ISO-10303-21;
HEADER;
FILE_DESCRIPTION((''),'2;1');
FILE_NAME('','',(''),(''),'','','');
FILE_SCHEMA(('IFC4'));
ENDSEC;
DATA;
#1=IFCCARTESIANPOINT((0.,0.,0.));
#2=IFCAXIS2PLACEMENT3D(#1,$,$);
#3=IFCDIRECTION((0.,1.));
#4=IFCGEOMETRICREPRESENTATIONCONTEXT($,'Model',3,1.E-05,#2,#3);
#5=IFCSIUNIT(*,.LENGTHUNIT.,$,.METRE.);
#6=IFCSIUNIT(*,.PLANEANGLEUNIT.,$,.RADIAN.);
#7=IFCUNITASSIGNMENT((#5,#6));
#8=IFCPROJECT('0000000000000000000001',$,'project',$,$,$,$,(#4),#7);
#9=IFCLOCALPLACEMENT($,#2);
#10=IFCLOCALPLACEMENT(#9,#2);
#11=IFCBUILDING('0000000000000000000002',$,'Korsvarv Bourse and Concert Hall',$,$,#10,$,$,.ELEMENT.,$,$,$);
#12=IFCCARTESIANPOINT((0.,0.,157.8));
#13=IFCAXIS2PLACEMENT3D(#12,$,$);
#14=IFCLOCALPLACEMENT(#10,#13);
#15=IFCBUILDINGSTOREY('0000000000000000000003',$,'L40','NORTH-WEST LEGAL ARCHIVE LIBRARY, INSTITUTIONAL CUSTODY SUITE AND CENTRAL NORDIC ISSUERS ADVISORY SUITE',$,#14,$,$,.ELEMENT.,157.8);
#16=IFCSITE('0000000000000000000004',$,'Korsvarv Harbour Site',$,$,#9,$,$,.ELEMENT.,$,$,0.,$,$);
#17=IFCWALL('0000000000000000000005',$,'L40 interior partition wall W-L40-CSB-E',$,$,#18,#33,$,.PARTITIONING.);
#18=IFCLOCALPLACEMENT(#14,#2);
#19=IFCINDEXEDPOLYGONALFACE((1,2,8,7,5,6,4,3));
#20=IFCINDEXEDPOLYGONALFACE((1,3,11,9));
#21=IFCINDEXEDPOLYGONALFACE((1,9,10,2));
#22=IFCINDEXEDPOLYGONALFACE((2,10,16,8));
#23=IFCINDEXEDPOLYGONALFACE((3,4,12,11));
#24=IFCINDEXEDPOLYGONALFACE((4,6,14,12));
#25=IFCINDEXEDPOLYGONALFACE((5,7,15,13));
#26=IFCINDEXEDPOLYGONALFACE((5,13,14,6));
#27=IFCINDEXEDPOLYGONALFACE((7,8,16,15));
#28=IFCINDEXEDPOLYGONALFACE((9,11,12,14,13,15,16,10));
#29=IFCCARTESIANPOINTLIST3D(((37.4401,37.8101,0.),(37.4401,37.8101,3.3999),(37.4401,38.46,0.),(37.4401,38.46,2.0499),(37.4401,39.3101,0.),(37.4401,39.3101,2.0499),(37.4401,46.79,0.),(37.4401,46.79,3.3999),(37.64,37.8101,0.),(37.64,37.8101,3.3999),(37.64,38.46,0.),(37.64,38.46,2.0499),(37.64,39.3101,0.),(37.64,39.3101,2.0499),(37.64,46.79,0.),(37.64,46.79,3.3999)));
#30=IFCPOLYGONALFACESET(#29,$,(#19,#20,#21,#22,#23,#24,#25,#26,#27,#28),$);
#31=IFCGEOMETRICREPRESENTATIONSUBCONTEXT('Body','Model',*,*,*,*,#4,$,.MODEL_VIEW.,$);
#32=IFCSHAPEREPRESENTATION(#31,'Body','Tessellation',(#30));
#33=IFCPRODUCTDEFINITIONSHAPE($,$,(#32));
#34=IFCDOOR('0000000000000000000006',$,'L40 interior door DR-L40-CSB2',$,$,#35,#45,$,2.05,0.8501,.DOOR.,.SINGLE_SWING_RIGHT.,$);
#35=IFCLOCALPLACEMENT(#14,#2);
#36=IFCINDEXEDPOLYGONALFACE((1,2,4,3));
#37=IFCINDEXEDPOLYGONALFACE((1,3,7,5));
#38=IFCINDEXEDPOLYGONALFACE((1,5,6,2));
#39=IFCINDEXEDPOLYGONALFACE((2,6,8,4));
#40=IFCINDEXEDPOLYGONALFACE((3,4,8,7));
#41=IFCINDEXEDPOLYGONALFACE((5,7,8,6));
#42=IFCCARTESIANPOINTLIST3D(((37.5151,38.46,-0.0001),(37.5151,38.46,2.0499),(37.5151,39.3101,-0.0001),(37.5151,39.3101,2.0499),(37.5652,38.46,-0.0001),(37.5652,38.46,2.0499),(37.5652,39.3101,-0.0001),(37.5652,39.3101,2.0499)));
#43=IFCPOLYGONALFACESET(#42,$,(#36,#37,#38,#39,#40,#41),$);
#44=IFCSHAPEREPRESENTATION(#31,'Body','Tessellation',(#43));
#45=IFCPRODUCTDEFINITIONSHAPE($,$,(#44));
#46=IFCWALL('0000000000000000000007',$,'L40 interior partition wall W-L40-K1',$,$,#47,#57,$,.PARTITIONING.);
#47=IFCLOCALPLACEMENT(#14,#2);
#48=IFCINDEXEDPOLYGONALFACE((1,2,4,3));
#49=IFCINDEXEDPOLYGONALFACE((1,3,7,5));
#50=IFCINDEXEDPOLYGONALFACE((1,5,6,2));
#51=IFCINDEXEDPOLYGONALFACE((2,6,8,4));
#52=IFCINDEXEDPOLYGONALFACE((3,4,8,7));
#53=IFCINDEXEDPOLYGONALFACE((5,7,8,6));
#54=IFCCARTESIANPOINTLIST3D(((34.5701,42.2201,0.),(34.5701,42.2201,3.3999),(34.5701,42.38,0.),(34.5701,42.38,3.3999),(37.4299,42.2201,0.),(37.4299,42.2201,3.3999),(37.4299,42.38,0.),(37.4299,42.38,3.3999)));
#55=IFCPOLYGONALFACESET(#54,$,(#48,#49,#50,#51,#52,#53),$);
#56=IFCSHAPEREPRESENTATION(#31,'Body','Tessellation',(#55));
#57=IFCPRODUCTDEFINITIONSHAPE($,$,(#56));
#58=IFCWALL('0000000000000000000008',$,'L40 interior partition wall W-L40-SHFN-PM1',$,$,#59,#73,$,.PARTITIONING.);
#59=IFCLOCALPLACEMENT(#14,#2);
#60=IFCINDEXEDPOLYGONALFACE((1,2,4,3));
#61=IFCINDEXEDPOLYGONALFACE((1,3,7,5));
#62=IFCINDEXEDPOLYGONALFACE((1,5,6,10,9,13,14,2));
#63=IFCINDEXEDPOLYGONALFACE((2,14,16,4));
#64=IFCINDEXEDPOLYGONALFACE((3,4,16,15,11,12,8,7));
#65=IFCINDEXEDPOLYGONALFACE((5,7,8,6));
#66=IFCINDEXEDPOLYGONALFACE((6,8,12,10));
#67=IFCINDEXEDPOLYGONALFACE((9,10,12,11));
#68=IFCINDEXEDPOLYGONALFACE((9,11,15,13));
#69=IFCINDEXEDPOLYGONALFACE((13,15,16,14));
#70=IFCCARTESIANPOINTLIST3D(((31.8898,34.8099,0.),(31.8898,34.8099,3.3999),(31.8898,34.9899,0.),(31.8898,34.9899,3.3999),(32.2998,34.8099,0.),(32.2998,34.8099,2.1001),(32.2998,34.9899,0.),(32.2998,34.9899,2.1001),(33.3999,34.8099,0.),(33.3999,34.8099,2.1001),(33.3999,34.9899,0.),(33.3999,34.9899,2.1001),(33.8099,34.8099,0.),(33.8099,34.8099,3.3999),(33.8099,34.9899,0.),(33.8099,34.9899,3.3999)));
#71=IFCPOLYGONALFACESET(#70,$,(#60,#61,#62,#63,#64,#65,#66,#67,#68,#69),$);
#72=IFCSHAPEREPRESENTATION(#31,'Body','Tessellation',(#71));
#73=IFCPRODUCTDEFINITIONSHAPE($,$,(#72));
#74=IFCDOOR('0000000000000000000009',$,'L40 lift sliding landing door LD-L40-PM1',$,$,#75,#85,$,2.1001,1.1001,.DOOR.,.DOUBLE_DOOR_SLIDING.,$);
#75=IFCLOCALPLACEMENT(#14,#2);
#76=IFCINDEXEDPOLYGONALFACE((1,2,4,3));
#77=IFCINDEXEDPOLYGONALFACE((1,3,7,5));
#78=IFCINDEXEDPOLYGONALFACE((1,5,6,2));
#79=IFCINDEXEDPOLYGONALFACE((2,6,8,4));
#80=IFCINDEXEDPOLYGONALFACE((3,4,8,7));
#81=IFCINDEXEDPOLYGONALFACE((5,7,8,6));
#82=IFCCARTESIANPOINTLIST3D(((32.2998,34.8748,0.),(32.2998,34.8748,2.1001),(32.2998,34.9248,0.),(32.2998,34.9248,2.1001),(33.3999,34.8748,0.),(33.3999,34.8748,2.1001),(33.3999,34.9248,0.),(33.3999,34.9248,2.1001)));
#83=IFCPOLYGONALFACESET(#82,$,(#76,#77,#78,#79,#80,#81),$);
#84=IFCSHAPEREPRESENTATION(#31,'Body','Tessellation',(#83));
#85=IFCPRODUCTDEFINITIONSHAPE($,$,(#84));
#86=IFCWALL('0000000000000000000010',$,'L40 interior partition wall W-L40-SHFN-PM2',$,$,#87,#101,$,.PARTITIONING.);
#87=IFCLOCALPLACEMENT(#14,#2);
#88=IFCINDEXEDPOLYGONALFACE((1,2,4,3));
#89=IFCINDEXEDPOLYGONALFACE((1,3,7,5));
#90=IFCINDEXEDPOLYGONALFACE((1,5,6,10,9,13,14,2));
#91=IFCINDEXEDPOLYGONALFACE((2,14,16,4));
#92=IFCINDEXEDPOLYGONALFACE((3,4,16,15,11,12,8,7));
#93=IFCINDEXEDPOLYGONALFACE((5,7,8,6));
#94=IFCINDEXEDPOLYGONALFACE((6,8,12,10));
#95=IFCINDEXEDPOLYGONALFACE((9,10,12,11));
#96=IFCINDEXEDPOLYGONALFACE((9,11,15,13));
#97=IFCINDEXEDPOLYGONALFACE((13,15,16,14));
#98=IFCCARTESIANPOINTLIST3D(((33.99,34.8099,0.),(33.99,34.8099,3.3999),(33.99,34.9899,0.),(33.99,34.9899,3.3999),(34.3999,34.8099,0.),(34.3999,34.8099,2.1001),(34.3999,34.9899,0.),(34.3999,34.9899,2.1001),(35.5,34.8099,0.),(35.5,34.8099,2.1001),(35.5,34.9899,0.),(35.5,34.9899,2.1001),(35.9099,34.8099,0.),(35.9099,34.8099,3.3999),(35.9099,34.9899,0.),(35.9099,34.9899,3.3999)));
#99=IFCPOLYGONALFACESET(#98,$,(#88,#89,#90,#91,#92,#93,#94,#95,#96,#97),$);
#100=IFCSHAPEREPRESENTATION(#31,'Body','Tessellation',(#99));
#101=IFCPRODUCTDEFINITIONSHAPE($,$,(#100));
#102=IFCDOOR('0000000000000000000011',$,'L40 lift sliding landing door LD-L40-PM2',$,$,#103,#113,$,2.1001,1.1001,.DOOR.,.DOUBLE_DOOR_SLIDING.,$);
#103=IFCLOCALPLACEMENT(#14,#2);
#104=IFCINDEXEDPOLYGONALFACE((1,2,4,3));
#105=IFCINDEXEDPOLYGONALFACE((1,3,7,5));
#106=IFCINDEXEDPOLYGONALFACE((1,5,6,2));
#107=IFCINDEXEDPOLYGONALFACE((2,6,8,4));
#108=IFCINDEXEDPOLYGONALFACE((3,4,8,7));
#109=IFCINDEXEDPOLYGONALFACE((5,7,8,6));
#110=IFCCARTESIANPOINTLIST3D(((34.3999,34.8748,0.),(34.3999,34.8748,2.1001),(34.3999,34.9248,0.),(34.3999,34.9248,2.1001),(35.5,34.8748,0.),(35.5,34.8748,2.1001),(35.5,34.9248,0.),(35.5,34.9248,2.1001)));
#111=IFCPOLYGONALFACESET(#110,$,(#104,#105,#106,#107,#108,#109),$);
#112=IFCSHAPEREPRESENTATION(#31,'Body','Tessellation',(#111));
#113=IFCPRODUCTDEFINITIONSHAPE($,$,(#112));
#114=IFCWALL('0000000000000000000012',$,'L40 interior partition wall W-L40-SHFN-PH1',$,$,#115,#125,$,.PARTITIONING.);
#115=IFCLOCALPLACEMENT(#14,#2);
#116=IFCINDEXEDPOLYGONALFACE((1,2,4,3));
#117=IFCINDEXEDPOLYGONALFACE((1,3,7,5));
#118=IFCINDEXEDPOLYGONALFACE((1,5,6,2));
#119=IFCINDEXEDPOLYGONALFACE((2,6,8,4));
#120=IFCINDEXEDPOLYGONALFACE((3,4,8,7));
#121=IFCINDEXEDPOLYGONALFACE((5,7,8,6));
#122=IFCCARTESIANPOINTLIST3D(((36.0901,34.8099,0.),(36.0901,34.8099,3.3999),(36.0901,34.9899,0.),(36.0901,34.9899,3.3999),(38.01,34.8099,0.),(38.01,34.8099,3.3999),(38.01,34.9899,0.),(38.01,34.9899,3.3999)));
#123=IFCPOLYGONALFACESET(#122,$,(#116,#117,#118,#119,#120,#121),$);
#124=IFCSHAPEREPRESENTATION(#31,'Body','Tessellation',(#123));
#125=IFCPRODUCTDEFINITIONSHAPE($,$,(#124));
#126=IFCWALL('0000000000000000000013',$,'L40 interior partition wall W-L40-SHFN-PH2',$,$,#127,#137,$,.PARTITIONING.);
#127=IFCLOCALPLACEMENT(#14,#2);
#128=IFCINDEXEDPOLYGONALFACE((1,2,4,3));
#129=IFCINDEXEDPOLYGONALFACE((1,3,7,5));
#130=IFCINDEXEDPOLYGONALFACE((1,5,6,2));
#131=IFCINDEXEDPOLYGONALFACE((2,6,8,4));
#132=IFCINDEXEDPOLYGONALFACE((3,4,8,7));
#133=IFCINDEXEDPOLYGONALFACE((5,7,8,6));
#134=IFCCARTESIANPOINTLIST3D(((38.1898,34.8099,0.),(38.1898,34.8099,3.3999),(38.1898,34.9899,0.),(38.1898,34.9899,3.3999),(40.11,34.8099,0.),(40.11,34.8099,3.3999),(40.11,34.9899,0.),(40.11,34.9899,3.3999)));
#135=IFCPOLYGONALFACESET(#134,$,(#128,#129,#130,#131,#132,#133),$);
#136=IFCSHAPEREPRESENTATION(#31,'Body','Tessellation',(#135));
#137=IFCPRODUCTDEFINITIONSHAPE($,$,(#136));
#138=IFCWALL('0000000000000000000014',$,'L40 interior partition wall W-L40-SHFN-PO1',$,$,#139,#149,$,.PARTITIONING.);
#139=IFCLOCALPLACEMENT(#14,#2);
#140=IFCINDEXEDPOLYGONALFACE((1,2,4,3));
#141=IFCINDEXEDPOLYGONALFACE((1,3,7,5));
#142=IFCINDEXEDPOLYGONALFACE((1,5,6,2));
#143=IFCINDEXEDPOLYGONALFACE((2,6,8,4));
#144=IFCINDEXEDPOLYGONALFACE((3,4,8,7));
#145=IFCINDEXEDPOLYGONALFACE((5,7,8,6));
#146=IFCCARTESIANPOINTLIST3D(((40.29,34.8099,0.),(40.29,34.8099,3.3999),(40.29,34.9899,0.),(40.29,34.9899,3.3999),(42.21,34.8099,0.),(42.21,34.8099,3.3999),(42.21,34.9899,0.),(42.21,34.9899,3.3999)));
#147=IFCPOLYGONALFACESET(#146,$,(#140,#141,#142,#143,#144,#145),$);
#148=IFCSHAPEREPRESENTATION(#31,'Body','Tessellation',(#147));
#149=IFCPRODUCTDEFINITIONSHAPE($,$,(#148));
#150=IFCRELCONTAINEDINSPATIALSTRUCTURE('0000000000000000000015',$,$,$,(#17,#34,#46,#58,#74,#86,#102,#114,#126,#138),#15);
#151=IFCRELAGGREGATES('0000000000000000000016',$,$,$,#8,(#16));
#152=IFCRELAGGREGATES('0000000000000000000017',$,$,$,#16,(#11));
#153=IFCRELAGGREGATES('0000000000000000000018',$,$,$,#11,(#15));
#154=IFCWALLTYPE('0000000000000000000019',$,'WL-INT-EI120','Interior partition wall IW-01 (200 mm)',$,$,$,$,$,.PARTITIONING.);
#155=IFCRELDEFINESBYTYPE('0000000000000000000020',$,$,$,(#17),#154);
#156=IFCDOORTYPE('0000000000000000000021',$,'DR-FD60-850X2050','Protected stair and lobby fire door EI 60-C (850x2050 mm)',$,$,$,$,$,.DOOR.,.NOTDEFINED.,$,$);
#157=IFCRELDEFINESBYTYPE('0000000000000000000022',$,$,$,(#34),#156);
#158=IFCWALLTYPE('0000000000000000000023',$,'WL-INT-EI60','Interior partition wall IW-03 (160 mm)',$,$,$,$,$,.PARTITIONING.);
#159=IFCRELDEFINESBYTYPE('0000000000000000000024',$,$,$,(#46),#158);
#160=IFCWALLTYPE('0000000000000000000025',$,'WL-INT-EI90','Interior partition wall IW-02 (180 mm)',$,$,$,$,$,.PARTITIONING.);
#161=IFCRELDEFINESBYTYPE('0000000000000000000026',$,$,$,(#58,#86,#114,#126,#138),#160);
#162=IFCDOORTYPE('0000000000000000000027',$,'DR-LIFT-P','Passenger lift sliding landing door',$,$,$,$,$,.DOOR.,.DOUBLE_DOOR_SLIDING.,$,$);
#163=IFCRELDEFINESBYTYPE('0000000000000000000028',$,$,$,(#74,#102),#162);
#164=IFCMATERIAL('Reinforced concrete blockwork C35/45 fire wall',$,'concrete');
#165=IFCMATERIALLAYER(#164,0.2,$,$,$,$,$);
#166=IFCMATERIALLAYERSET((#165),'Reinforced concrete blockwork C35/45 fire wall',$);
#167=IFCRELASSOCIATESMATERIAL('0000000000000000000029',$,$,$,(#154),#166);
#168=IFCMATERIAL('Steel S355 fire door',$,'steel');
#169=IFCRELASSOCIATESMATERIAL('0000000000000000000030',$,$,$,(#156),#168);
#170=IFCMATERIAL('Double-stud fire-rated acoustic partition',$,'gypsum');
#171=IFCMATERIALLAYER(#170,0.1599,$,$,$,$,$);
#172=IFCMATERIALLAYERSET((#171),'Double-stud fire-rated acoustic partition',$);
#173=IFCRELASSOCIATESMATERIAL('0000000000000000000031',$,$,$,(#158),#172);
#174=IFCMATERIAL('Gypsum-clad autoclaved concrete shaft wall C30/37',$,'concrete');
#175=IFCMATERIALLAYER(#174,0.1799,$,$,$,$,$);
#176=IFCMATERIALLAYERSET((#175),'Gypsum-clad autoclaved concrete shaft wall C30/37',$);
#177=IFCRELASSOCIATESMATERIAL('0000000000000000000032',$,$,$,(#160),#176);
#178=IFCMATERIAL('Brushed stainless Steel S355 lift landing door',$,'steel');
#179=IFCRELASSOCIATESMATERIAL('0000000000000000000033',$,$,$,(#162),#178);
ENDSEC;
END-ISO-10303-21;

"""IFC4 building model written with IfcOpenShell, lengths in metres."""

from ifc_helpers import new_model, si_unit, direction, frame, frame_2d, origin, place, context, subcontext, project, spatial, rectangle, extrude, material, layer, layer_set, type_object, element, fill, save


model = new_model("IFC4")

# Units and contexts
model_context = context("Model", 3, precision=1e-05, world=origin(), true_north=direction((0.0, 1.0)))
body_context = subcontext(model_context, "Body", "Model", "MODEL_VIEW")
ifc_project = project(units=[si_unit("LENGTHUNIT", "METRE"), si_unit("PLANEANGLEUNIT", "RADIAN")], contexts=[model_context])

# Site, building, storey
site_placement = place(None, origin())
site = spatial("IfcSite", under=ifc_project, at=site_placement, Name="Korsvarv Harbour Site", CompositionType="ELEMENT", RefElevation=0.0)
building_placement = place(site_placement, origin())
building = spatial("IfcBuilding", under=site, at=building_placement, Name="Korsvarv Bourse and Concert Hall", CompositionType="ELEMENT")
storey_placement = place(building_placement, frame((0.0, 0.0, 157.8)))
storey = spatial("IfcBuildingStorey", under=building, at=storey_placement, Name="L40", Description="NORTH-WEST LEGAL ARCHIVE LIBRARY, INSTITUTIONAL CUSTODY SUITE AND CENTRAL NORDIC ISSUERS ADVISORY SUITE", CompositionType="ELEMENT", Elevation=157.8)

# Shared definitions
ifc_material_1 = material(Name="Steel S355 fire door", Category="steel")

# Wall, opening, door
ifc_material_2 = material(Name="Reinforced concrete blockwork C35/45 fire wall", Category="concrete")
ifc_layer_1 = layer(ifc_material_2, 0.2)
ifc_layer_set_1 = layer_set([ifc_layer_1], Name="Reinforced concrete blockwork C35/45 fire wall")
wall_type_1 = type_object("IfcWallType", Name="WL-INT-EI120", Description="Interior partition wall IW-01 (200 mm)", PredefinedType="PARTITIONING", material=ifc_layer_set_1)
door_type_1 = type_object("IfcDoorType", Name="DR-FD60-850X2050", Description="Protected stair and lobby fire door EI 60-C (850x2050 mm)", OperationType="NOTDEFINED", PredefinedType="DOOR", material=ifc_material_1)
wall_1_placement = place(storey_placement, frame((37.54, 37.8101, 0.0), z_axis=(0.0, 0.0, 1.0), x_axis=(0.0, 1.0, 0.0)))
wall_1 = element("IfcWall", 1, at=wall_1_placement, inside=storey, type_object=wall_type_1, Name="L40 interior partition wall W-L40-CSB-E", PredefinedType="PARTITIONING", context=body_context, shape_type="SweptSolid", body=[
    extrude(rectangle(XDim=8.98, YDim=0.2, at=frame_2d((4.49, 0.0))), origin(), (0.0, 0.0, 1.0), 3.3999),
])
opening_1_placement = place(wall_1_placement, frame((0.6499, 0.0, 0.0)))
opening_1 = element("IfcOpeningElement", 2, at=opening_1_placement, cuts=wall_1, PredefinedType="OPENING", context=body_context, shape_type="SweptSolid", body=[
    extrude(rectangle(XDim=0.8501, YDim=2.05, at=frame_2d((0.425, 1.0249))), frame((0.0, 0.1099, 0.0), z_axis=(0.0, -1.0, 0.0), x_axis=(1.0, 0.0, 0.0)), (0.0, 0.0, 1.0), 0.22),
])
door_1_placement = place(opening_1_placement, origin())
door_1 = element("IfcDoor", 3, at=door_1_placement, inside=storey, type_object=door_type_1, Name="L40 interior door DR-L40-CSB2", OperationType="SINGLE_SWING_RIGHT", OverallHeight=2.05, OverallWidth=0.8501, PredefinedType="DOOR", context=body_context, shape_type="SweptSolid", body=[
    extrude(rectangle(XDim=0.8501, YDim=2.05, at=frame_2d((0.425, 1.0249))), frame((0.0, 0.0249, 0.0), z_axis=(0.0, -1.0, 0.0), x_axis=(1.0, 0.0, 0.0)), (0.0, 0.0, 1.0), 0.05),
])
fill(opening_1, door_1)

# Wall
ifc_material_3 = material(Name="Double-stud fire-rated acoustic partition", Category="gypsum")
ifc_layer_2 = layer(ifc_material_3, 0.1599)
ifc_layer_set_2 = layer_set([ifc_layer_2], Name="Double-stud fire-rated acoustic partition")
wall_type_2 = type_object("IfcWallType", Name="WL-INT-EI60", Description="Interior partition wall IW-03 (160 mm)", PredefinedType="PARTITIONING", material=ifc_layer_set_2)
wall_2_placement = place(storey_placement, frame((34.5701, 42.3, 0.0), z_axis=(0.0, 0.0, 1.0), x_axis=(1.0, 0.0, 0.0)))
element("IfcWall", 4, at=wall_2_placement, inside=storey, type_object=wall_type_2, Name="L40 interior partition wall W-L40-K1", PredefinedType="PARTITIONING", context=body_context, shape_type="SweptSolid", body=[
    extrude(rectangle(XDim=2.8599, YDim=0.1599, at=frame_2d((1.4299, 0.0))), origin(), (0.0, 0.0, 1.0), 3.3999),
])

# Walls, openings, doors
ifc_material_4 = material(Name="Gypsum-clad autoclaved concrete shaft wall C30/37", Category="concrete")
ifc_layer_3 = layer(ifc_material_4, 0.1799)
ifc_layer_set_3 = layer_set([ifc_layer_3], Name="Gypsum-clad autoclaved concrete shaft wall C30/37")
wall_type_3 = type_object("IfcWallType", Name="WL-INT-EI90", Description="Interior partition wall IW-02 (180 mm)", PredefinedType="PARTITIONING", material=ifc_layer_set_3)
wall_3_placement = place(storey_placement, frame((31.8899, 34.8999, 0.0), z_axis=(0.0, 0.0, 1.0), x_axis=(1.0, 0.0, 0.0)))
wall_3 = element("IfcWall", 5, at=wall_3_placement, inside=storey, type_object=wall_type_3, Name="L40 interior partition wall W-L40-SHFN-PM1", PredefinedType="PARTITIONING", context=body_context, shape_type="SweptSolid", body=[
    extrude(rectangle(XDim=1.9202, YDim=0.1799, at=frame_2d((0.96, 0.0))), origin(), (0.0, 0.0, 1.0), 3.3999),
])
opening_2_placement = place(wall_3_placement, frame((0.4099, 0.0, 0.0)))
opening_2 = element("IfcOpeningElement", 6, at=opening_2_placement, cuts=wall_3, PredefinedType="OPENING", context=body_context, shape_type="SweptSolid", body=[
    extrude(rectangle(XDim=1.1001, YDim=2.1001, at=frame_2d((0.55, 1.05))), frame((0.0, 0.1001, 0.0), z_axis=(0.0, -1.0, 0.0), x_axis=(1.0, 0.0, 0.0)), (0.0, 0.0, 1.0), 0.2),
])
ifc_material_5 = material(Name="Brushed stainless Steel S355 lift landing door", Category="steel")
door_type_2 = type_object("IfcDoorType", Name="DR-LIFT-P", Description="Passenger lift sliding landing door", OperationType="DOUBLE_DOOR_SLIDING", PredefinedType="DOOR", material=ifc_material_5)
door_2_placement = place(opening_2_placement, origin())
door_2 = element("IfcDoor", 7, at=door_2_placement, inside=storey, type_object=door_type_2, Name="L40 lift sliding landing door LD-L40-PM1", OperationType="DOUBLE_DOOR_SLIDING", OverallHeight=2.1001, OverallWidth=1.1001, PredefinedType="DOOR", context=body_context, shape_type="SweptSolid", body=[
    extrude(rectangle(XDim=1.1001, YDim=2.1001, at=frame_2d((0.55, 1.05))), frame((0.0, 0.0249, 0.0), z_axis=(0.0, -1.0, 0.0), x_axis=(1.0, 0.0, 0.0)), (0.0, 0.0, 1.0), 0.05),
])
fill(opening_2, door_2)
wall_4_placement = place(storey_placement, frame((33.99, 34.8999, 0.0), z_axis=(0.0, 0.0, 1.0), x_axis=(1.0, 0.0, 0.0)))
wall_4 = element("IfcWall", 8, at=wall_4_placement, inside=storey, type_object=wall_type_3, Name="L40 interior partition wall W-L40-SHFN-PM2", PredefinedType="PARTITIONING", context=body_context, shape_type="SweptSolid", body=[
    extrude(rectangle(XDim=1.9199, YDim=0.1799, at=frame_2d((0.96, 0.0))), origin(), (0.0, 0.0, 1.0), 3.3999),
])
opening_3_placement = place(wall_4_placement, frame((0.4099, 0.0, 0.0)))
opening_3 = element("IfcOpeningElement", 9, at=opening_3_placement, cuts=wall_4, PredefinedType="OPENING", context=body_context, shape_type="SweptSolid", body=[
    extrude(rectangle(XDim=1.1001, YDim=2.1001, at=frame_2d((0.55, 1.05))), frame((0.0, 0.1001, 0.0), z_axis=(0.0, -1.0, 0.0), x_axis=(1.0, 0.0, 0.0)), (0.0, 0.0, 1.0), 0.2),
])
door_3_placement = place(opening_3_placement, origin())
door_3 = element("IfcDoor", 10, at=door_3_placement, inside=storey, type_object=door_type_2, Name="L40 lift sliding landing door LD-L40-PM2", OperationType="DOUBLE_DOOR_SLIDING", OverallHeight=2.1001, OverallWidth=1.1001, PredefinedType="DOOR", context=body_context, shape_type="SweptSolid", body=[
    extrude(rectangle(XDim=1.1001, YDim=2.1001, at=frame_2d((0.55, 1.05))), frame((0.0, 0.0249, 0.0), z_axis=(0.0, -1.0, 0.0), x_axis=(1.0, 0.0, 0.0)), (0.0, 0.0, 1.0), 0.05),
])
fill(opening_3, door_3)

# Walls
wall_5_placement = place(storey_placement, frame((36.0901, 34.8999, 0.0), z_axis=(0.0, 0.0, 1.0), x_axis=(1.0, 0.0, 0.0)))
element("IfcWall", 11, at=wall_5_placement, inside=storey, type_object=wall_type_3, Name="L40 interior partition wall W-L40-SHFN-PH1", PredefinedType="PARTITIONING", context=body_context, shape_type="SweptSolid", body=[
    extrude(rectangle(XDim=1.9199, YDim=0.1799, at=frame_2d((0.96, 0.0))), origin(), (0.0, 0.0, 1.0), 3.3999),
])
wall_6_placement = place(storey_placement, frame((38.1899, 34.8999, 0.0), z_axis=(0.0, 0.0, 1.0), x_axis=(1.0, 0.0, 0.0)))
element("IfcWall", 12, at=wall_6_placement, inside=storey, type_object=wall_type_3, Name="L40 interior partition wall W-L40-SHFN-PH2", PredefinedType="PARTITIONING", context=body_context, shape_type="SweptSolid", body=[
    extrude(rectangle(XDim=1.9202, YDim=0.1799, at=frame_2d((0.96, 0.0))), origin(), (0.0, 0.0, 1.0), 3.3999),
])
wall_7_placement = place(storey_placement, frame((40.29, 34.8999, 0.0), z_axis=(0.0, 0.0, 1.0), x_axis=(1.0, 0.0, 0.0)))
element("IfcWall", 13, at=wall_7_placement, inside=storey, type_object=wall_type_3, Name="L40 interior partition wall W-L40-SHFN-PO1", PredefinedType="PARTITIONING", context=body_context, shape_type="SweptSolid", body=[
    extrude(rectangle(XDim=1.9199, YDim=0.1799, at=frame_2d((0.96, 0.0))), origin(), (0.0, 0.0, 1.0), 3.3999),
])

save(model, "model.ifc")
